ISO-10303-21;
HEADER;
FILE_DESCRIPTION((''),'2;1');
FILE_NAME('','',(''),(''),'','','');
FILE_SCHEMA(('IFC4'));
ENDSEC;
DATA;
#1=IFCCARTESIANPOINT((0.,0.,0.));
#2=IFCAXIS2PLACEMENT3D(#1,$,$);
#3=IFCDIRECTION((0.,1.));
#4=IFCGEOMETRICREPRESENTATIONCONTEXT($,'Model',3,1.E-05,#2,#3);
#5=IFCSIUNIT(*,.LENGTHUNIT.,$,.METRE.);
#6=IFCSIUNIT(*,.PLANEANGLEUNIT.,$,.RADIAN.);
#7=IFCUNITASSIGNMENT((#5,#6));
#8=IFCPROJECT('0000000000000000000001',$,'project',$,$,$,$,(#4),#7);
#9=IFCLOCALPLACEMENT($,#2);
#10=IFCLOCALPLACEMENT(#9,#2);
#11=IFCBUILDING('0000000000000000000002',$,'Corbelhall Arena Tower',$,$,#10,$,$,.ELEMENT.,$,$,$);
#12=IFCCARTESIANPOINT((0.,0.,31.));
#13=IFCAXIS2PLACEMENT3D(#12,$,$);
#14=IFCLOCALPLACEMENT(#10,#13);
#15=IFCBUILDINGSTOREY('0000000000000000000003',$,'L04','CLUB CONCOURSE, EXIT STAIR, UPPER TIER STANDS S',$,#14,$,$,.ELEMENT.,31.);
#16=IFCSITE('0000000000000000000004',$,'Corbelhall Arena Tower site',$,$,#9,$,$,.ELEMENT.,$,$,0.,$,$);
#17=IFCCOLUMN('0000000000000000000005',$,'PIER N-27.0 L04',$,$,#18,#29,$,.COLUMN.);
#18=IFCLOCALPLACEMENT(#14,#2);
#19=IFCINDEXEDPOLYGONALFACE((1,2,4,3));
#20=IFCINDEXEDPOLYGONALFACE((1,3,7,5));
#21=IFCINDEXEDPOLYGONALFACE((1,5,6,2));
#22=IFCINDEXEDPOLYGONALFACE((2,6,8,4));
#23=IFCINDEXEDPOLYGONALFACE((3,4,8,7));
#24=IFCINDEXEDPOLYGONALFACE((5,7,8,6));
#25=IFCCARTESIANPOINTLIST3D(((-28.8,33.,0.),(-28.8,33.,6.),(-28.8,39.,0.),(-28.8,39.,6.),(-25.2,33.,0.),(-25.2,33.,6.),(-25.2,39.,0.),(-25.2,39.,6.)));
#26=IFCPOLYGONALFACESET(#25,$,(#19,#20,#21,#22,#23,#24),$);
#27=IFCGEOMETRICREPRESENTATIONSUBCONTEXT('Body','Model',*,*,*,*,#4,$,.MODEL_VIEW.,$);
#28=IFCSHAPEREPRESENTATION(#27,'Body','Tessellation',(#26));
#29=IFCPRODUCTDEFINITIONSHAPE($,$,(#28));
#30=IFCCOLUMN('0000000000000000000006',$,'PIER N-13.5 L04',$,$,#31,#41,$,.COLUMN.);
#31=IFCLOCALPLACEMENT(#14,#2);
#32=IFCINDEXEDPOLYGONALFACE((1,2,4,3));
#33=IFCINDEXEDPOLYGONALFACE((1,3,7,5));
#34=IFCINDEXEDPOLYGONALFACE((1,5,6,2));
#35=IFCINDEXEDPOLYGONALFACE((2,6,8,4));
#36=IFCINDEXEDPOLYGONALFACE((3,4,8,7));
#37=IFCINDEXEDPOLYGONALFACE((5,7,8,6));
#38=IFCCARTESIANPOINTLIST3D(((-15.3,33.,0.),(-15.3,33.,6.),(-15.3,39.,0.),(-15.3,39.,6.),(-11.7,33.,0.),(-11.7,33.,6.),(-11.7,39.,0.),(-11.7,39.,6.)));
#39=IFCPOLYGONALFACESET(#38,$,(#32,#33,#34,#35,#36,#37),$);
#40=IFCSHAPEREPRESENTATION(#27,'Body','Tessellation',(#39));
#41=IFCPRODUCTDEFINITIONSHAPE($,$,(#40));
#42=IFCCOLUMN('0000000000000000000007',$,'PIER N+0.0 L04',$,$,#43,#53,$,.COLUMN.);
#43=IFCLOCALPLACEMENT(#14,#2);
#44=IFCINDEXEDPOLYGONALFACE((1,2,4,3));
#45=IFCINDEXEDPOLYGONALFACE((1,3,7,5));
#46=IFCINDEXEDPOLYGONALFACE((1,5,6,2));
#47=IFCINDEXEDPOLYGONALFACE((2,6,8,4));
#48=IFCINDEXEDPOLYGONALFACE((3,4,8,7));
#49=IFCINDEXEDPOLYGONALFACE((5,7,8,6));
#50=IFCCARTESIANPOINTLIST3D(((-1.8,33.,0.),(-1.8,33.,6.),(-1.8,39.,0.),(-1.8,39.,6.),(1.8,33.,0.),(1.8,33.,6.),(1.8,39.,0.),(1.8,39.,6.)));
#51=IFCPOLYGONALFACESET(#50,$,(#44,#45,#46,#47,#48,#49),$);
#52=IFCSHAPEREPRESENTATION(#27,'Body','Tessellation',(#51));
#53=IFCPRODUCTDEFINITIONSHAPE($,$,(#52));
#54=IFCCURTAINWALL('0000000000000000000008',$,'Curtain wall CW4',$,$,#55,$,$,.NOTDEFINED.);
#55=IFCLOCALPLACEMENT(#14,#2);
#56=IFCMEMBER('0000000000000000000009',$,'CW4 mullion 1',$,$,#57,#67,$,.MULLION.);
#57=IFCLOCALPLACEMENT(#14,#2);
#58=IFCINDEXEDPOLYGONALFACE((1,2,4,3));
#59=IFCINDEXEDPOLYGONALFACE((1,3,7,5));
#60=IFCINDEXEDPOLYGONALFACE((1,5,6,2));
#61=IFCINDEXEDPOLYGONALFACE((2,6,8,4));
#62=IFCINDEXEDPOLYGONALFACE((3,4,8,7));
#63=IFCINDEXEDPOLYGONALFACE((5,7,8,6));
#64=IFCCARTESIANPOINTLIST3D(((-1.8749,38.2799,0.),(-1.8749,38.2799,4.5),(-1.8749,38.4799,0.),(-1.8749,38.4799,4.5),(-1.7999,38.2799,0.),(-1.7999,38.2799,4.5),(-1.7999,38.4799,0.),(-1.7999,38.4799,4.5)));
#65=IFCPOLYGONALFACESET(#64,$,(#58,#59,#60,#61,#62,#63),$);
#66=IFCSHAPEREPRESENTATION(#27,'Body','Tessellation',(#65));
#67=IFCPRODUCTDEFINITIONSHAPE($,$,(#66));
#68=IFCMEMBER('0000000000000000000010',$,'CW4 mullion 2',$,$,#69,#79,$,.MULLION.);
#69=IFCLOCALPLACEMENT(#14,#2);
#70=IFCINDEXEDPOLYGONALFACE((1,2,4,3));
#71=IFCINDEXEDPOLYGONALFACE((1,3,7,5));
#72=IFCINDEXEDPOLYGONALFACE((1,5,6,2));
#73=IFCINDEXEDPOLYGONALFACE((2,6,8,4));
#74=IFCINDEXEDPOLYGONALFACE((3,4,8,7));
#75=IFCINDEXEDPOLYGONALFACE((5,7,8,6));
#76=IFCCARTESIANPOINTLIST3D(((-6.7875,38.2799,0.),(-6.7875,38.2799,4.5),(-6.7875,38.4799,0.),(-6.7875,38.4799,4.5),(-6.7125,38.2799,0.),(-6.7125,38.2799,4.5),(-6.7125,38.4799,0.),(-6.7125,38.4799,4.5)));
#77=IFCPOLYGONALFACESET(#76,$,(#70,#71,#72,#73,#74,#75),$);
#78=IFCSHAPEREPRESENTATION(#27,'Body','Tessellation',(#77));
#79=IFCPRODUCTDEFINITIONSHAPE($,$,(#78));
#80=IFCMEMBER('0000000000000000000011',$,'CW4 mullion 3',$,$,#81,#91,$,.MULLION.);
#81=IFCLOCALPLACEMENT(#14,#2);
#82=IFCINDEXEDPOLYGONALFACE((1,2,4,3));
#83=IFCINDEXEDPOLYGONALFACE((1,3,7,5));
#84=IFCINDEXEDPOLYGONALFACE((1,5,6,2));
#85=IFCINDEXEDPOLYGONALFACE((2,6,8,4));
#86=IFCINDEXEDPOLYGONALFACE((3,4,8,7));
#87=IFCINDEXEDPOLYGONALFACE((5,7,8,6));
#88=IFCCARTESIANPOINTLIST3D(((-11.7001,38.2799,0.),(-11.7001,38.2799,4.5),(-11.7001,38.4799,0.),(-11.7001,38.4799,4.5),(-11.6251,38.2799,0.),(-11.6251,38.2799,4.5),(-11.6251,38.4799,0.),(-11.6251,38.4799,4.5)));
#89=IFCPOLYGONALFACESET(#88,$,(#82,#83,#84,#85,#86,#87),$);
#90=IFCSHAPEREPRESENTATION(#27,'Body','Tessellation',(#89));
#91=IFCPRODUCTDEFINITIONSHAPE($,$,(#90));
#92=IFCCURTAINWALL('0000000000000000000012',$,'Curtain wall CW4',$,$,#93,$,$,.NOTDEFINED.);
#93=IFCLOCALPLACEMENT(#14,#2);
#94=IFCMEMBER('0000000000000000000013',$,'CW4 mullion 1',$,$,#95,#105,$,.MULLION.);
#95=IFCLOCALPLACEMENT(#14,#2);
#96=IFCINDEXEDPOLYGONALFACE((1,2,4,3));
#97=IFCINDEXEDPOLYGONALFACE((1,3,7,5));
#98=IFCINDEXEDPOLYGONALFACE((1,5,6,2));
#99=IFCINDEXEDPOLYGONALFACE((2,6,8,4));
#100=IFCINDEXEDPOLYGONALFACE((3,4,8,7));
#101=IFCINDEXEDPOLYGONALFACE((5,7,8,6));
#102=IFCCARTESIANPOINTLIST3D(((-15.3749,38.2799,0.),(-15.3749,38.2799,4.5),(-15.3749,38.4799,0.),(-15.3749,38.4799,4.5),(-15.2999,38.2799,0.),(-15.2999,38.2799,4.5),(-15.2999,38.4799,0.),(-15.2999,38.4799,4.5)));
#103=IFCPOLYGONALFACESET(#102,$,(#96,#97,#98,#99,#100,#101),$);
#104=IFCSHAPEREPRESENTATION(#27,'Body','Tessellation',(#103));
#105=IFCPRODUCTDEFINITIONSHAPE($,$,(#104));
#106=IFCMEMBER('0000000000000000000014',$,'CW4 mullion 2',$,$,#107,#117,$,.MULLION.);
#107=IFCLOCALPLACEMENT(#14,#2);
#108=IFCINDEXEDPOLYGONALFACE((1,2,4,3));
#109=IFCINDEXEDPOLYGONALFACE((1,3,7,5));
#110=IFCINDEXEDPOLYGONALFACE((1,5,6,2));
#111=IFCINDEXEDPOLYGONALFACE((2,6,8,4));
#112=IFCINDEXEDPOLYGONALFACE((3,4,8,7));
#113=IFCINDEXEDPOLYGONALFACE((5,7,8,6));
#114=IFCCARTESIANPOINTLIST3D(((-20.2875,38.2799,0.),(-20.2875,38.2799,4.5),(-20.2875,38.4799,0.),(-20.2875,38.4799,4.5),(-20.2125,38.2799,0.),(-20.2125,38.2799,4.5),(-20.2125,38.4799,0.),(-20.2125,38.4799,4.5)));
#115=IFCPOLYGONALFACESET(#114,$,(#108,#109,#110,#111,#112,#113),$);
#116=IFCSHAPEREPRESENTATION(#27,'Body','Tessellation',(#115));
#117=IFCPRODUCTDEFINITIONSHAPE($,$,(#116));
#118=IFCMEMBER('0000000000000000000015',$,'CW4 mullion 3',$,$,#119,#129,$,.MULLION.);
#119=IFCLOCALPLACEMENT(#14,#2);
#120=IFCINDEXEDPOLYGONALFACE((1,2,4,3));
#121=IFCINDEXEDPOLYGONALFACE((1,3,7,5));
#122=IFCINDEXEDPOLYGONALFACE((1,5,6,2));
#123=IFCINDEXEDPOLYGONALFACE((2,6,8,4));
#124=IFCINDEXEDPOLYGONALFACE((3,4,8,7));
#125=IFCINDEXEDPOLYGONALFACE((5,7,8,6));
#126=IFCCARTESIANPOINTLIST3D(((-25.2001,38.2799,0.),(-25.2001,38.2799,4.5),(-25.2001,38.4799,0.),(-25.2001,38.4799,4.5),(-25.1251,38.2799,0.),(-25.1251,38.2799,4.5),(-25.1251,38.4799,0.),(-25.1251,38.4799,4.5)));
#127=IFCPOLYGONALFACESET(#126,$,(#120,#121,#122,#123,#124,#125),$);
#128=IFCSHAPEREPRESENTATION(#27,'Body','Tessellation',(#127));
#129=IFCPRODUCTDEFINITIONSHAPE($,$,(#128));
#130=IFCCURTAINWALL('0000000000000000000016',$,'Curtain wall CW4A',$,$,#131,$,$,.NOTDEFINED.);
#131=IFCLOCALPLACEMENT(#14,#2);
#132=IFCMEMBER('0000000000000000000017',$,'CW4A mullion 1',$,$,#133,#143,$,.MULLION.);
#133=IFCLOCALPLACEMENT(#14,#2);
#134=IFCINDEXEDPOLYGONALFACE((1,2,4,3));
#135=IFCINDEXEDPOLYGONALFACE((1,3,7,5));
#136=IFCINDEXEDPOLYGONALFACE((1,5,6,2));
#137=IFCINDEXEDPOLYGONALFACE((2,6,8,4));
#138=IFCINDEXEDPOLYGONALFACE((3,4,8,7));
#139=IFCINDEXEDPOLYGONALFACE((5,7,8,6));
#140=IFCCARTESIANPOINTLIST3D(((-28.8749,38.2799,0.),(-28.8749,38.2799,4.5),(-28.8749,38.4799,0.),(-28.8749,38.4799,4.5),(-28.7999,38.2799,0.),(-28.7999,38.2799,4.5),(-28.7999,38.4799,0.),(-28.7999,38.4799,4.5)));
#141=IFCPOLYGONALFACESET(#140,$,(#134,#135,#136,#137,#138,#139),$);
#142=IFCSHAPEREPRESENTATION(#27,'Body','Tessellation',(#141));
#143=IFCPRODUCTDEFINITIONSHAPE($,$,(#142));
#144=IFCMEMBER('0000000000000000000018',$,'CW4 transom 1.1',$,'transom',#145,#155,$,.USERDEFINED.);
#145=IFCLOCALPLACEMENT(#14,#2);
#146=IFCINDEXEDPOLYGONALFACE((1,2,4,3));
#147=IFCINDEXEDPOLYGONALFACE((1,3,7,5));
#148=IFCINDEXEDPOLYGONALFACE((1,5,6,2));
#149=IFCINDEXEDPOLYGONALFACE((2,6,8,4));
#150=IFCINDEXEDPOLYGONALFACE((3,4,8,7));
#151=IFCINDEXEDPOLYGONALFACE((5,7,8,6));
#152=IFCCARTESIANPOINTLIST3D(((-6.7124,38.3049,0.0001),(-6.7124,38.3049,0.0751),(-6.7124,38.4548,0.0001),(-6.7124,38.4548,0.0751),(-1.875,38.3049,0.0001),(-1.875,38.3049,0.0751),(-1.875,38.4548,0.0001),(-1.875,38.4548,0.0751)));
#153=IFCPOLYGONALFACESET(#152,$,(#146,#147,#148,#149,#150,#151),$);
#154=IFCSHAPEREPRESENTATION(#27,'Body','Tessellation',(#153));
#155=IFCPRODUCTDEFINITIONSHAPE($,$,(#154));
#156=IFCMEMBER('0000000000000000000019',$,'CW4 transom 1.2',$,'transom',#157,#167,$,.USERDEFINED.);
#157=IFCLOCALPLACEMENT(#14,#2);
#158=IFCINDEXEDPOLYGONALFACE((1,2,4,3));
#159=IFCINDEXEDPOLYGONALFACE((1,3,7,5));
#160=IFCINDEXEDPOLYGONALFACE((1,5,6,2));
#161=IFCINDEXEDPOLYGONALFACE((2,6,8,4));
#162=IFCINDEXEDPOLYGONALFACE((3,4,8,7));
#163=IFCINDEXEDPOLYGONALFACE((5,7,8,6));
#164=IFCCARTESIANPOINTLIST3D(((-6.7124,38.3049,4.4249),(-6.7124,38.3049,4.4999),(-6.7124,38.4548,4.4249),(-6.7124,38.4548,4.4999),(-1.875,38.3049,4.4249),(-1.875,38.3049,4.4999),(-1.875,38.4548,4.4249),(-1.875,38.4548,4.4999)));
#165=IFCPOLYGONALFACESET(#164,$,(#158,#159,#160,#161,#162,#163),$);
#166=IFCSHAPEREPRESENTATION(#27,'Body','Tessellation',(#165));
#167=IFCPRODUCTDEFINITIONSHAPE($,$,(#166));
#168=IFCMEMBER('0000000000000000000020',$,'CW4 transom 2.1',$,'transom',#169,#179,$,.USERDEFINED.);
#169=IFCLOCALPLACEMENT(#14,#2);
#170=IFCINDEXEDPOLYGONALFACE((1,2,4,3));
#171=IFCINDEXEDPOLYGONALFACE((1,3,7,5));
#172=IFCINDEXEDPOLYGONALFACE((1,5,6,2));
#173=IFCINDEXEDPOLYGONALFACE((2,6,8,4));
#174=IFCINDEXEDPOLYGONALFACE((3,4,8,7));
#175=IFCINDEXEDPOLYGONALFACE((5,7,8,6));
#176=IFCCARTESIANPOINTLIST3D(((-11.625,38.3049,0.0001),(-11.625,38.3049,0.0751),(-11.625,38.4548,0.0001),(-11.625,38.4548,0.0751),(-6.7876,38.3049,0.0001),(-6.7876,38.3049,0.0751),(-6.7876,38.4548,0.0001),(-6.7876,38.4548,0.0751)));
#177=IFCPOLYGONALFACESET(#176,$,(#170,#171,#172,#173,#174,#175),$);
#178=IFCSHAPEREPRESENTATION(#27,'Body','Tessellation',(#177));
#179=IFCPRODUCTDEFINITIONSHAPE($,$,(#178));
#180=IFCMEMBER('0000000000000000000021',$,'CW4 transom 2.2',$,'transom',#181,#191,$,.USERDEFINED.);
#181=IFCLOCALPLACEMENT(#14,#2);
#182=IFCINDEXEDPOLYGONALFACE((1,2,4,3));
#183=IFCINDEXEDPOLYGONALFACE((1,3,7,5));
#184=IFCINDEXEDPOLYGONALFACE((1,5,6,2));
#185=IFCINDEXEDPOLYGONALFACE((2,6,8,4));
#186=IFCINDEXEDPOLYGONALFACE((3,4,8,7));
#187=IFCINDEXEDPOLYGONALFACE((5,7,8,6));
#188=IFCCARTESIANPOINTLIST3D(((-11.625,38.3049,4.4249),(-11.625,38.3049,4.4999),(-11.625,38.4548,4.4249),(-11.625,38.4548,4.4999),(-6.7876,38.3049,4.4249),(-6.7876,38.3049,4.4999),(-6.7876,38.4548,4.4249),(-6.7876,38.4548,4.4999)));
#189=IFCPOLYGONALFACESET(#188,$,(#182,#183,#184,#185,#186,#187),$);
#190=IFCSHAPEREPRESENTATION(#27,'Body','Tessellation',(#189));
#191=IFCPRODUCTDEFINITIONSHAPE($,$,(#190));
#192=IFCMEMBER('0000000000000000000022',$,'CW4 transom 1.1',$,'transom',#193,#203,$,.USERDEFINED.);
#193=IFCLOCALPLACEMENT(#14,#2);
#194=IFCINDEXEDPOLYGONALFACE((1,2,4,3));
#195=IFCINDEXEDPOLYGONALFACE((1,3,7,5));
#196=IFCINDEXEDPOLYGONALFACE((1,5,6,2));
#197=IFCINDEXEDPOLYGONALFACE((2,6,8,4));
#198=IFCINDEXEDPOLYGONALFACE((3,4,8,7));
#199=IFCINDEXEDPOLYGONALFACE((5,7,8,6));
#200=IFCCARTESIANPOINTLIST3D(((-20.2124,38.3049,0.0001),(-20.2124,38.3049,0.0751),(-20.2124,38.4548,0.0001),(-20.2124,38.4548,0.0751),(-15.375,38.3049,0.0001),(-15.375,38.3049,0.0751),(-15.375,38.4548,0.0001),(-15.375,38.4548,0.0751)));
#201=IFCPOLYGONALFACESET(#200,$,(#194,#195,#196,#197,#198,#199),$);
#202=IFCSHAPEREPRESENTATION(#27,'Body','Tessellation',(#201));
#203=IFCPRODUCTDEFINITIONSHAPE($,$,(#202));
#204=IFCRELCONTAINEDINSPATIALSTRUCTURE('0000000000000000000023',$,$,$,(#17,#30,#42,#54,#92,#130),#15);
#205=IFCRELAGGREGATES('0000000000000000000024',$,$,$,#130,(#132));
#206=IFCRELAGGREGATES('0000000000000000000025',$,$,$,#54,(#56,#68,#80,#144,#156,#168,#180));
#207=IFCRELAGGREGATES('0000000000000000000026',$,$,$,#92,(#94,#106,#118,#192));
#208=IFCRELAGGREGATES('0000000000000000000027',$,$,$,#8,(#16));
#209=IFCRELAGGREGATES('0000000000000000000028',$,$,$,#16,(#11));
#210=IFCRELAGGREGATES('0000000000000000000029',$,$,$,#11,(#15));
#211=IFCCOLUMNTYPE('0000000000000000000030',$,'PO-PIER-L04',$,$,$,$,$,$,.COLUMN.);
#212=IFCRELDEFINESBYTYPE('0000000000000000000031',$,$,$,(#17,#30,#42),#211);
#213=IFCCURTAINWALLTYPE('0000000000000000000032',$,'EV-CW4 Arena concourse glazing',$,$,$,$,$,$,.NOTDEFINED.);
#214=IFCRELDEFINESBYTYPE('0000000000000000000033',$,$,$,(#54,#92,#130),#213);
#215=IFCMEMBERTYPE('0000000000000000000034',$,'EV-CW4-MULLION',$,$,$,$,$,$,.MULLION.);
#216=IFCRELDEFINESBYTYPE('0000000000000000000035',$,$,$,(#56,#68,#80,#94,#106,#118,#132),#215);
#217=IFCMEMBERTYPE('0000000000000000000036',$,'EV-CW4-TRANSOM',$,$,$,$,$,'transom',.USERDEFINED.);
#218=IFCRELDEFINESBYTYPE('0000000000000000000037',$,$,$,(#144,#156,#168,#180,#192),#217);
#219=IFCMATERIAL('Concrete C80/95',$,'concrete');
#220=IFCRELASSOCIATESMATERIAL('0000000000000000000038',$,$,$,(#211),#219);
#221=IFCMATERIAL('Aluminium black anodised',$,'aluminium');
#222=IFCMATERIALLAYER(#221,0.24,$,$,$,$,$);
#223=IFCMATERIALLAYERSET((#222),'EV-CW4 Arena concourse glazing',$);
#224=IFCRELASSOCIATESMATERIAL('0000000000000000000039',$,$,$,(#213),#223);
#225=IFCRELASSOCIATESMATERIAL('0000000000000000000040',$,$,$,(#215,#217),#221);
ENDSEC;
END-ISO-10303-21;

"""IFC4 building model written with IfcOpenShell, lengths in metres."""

from ifc_helpers import new_model, si_unit, direction, frame, origin, origin_2d, place, context, subcontext, project, spatial, rectangle, extrude, material, layer, layer_set, material_profile, profile_set, type_object, element, aggregate, save


model = new_model("IFC4")

# Units and contexts
model_context = context("Model", 3, precision=1e-05, world=origin(), true_north=direction((0.0, 1.0)))
body_context = subcontext(model_context, "Body", "Model", "MODEL_VIEW")
ifc_project = project(units=[si_unit("LENGTHUNIT", "METRE"), si_unit("PLANEANGLEUNIT", "RADIAN")], contexts=[model_context])

# Site, building, storey
site_placement = place(None, origin())
site = spatial("IfcSite", under=ifc_project, at=site_placement, Name="Corbelhall Arena Tower site", CompositionType="ELEMENT", RefElevation=0.0)
building_placement = place(site_placement, origin())
building = spatial("IfcBuilding", under=site, at=building_placement, Name="Corbelhall Arena Tower", CompositionType="ELEMENT")
storey_placement = place(building_placement, frame((0.0, 0.0, 31.0)))
storey = spatial("IfcBuildingStorey", under=building, at=storey_placement, Name="L04", Description="CLUB CONCOURSE, EXIT STAIR, UPPER TIER STANDS S", CompositionType="ELEMENT", Elevation=31.0)

# Columns
ifc_material_1 = material(Name="Concrete C80/95", Category="concrete")
ifc_material_profile_1 = material_profile(ifc_material_1, rectangle(XDim=3.6001, YDim=6.0, at=origin_2d()))
ifc_profile_set_1 = profile_set([ifc_material_profile_1], Name="Concrete C80/95")
column_type = type_object("IfcColumnType", Name="PO-PIER-L04", PredefinedType="COLUMN", material=ifc_profile_set_1)
for number, where, z_axis, x_axis, name in (
    (1, (-27.0, 36.0, 0.0), (0.0, 0.0, 1.0), (1.0, 0.0, 0.0), "PIER N-27.0 L04"),
    (2, (-13.5, 36.0, 0.0), (0.0, 0.0, 1.0), (1.0, 0.0, 0.0), "PIER N-13.5 L04"),
    (3, (0.0, 36.0, 0.0), (0.0, 0.0, 1.0), (1.0, 0.0, 0.0), "PIER N+0.0 L04"),
):
    element("IfcColumn", number, at=place(storey_placement, frame(where, z_axis=z_axis, x_axis=x_axis)), inside=storey, type_object=column_type, Name=name, PredefinedType="COLUMN", context=body_context, shape_type="SweptSolid", body=[
        extrude(rectangle(XDim=3.6001, YDim=6.0, at=origin_2d()), origin(), (0.0, 0.0, 1.0), 6.0),
    ])

# Curtain walls, members
ifc_material_2 = material(Name="Aluminium black anodised", Category="aluminium")
ifc_layer_1 = layer(ifc_material_2, 0.24)
ifc_layer_set_1 = layer_set([ifc_layer_1], Name="EV-CW4 Arena concourse glazing")
curtain_wall_type = type_object("IfcCurtainWallType", Name="EV-CW4 Arena concourse glazing", PredefinedType="NOTDEFINED", material=ifc_layer_set_1)
curtain_wall_1_placement = place(storey_placement, origin())
curtain_wall_1 = element("IfcCurtainWall", 4, at=curtain_wall_1_placement, inside=storey, type_object=curtain_wall_type, Name="Curtain wall CW4", PredefinedType="NOTDEFINED")
ifc_material_profile_2 = material_profile(ifc_material_2, rectangle(XDim=0.2, YDim=0.075, at=origin_2d()))
ifc_profile_set_2 = profile_set([ifc_material_profile_2], Name="Aluminium black anodised")
member_type_1 = type_object("IfcMemberType", Name="EV-CW4-MULLION", PredefinedType="MULLION", material=ifc_profile_set_2)
member_1_placement = place(storey_placement, frame((-1.8374, 38.3799, 0.0), z_axis=(0.0, 0.0, 1.0), x_axis=(0.0, -1.0, 0.0)))
member_1 = element("IfcMember", 5, at=member_1_placement, type_object=member_type_1, Name="CW4 mullion 1", PredefinedType="MULLION", context=body_context, shape_type="SweptSolid", body=[
    extrude(rectangle(XDim=0.2, YDim=0.075, at=origin_2d()), origin(), (0.0, 0.0, 1.0), 4.5),
])
member_2_placement = place(storey_placement, frame((-6.75, 38.3799, 0.0), z_axis=(0.0, 0.0, 1.0), x_axis=(0.0, -1.0, 0.0)))
member_2 = element("IfcMember", 6, at=member_2_placement, type_object=member_type_1, Name="CW4 mullion 2", PredefinedType="MULLION", context=body_context, shape_type="SweptSolid", body=[
    extrude(rectangle(XDim=0.2, YDim=0.075, at=origin_2d()), origin(), (0.0, 0.0, 1.0), 4.5),
])
member_3_placement = place(storey_placement, frame((-11.6626, 38.3799, 0.0), z_axis=(0.0, 0.0, 1.0), x_axis=(0.0, -1.0, 0.0)))
member_3 = element("IfcMember", 7, at=member_3_placement, type_object=member_type_1, Name="CW4 mullion 3", PredefinedType="MULLION", context=body_context, shape_type="SweptSolid", body=[
    extrude(rectangle(XDim=0.2, YDim=0.075, at=origin_2d()), origin(), (0.0, 0.0, 1.0), 4.5),
])
curtain_wall_2_placement = place(storey_placement, origin())
curtain_wall_2 = element("IfcCurtainWall", 8, at=curtain_wall_2_placement, inside=storey, type_object=curtain_wall_type, Name="Curtain wall CW4", PredefinedType="NOTDEFINED")
member_4_placement = place(storey_placement, frame((-15.3374, 38.3799, 0.0), z_axis=(0.0, 0.0, 1.0), x_axis=(0.0, -1.0, 0.0)))
member_4 = element("IfcMember", 9, at=member_4_placement, type_object=member_type_1, Name="CW4 mullion 1", PredefinedType="MULLION", context=body_context, shape_type="SweptSolid", body=[
    extrude(rectangle(XDim=0.2, YDim=0.075, at=origin_2d()), origin(), (0.0, 0.0, 1.0), 4.5),
])
member_5_placement = place(storey_placement, frame((-20.25, 38.3799, 0.0), z_axis=(0.0, 0.0, 1.0), x_axis=(0.0, -1.0, 0.0)))
member_5 = element("IfcMember", 10, at=member_5_placement, type_object=member_type_1, Name="CW4 mullion 2", PredefinedType="MULLION", context=body_context, shape_type="SweptSolid", body=[
    extrude(rectangle(XDim=0.2, YDim=0.075, at=origin_2d()), origin(), (0.0, 0.0, 1.0), 4.5),
])
member_6_placement = place(storey_placement, frame((-25.1626, 38.3799, 0.0), z_axis=(0.0, 0.0, 1.0), x_axis=(0.0, -1.0, 0.0)))
member_6 = element("IfcMember", 11, at=member_6_placement, type_object=member_type_1, Name="CW4 mullion 3", PredefinedType="MULLION", context=body_context, shape_type="SweptSolid", body=[
    extrude(rectangle(XDim=0.2, YDim=0.075, at=origin_2d()), origin(), (0.0, 0.0, 1.0), 4.5),
])

# Curtain wall, member
curtain_wall_3_placement = place(storey_placement, origin())
curtain_wall_3 = element("IfcCurtainWall", 12, at=curtain_wall_3_placement, inside=storey, type_object=curtain_wall_type, Name="Curtain wall CW4A", PredefinedType="NOTDEFINED")
member_7_placement = place(storey_placement, frame((-28.8374, 38.3799, 0.0), z_axis=(0.0, 0.0, 1.0), x_axis=(0.0, -1.0, 0.0)))
member_7 = element("IfcMember", 13, at=member_7_placement, type_object=member_type_1, Name="CW4A mullion 1", PredefinedType="MULLION", context=body_context, shape_type="SweptSolid", body=[
    extrude(rectangle(XDim=0.2, YDim=0.075, at=origin_2d()), origin(), (0.0, 0.0, 1.0), 4.5),
])
aggregate(curtain_wall_3, [member_7])

# Members
ifc_material_profile_3 = material_profile(ifc_material_2, rectangle(XDim=0.1499, YDim=0.075, at=origin_2d()))
ifc_profile_set_3 = profile_set([ifc_material_profile_3], Name="Aluminium black anodised")
member_type_2 = type_object("IfcMemberType", Name="EV-CW4-TRANSOM", ElementType="transom", PredefinedType="USERDEFINED", material=ifc_profile_set_3)
member_8_placement = place(storey_placement, frame((-1.875, 38.3799, 0.0376), z_axis=(-1.0, 0.0, 0.0), x_axis=(0.0, -1.0, 0.0)))
member_8 = element("IfcMember", 14, at=member_8_placement, type_object=member_type_2, Name="CW4 transom 1.1", ObjectType="transom", PredefinedType="USERDEFINED", context=body_context, shape_type="SweptSolid", body=[
    extrude(rectangle(XDim=0.1499, YDim=0.075, at=origin_2d()), origin(), (0.0, 0.0, 1.0), 4.8374),
])
member_9_placement = place(storey_placement, frame((-1.875, 38.3799, 4.4624), z_axis=(-1.0, 0.0, 0.0), x_axis=(0.0, -1.0, 0.0)))
member_9 = element("IfcMember", 15, at=member_9_placement, type_object=member_type_2, Name="CW4 transom 1.2", ObjectType="transom", PredefinedType="USERDEFINED", context=body_context, shape_type="SweptSolid", body=[
    extrude(rectangle(XDim=0.1499, YDim=0.075, at=origin_2d()), origin(), (0.0, 0.0, 1.0), 4.8374),
])
member_10_placement = place(storey_placement, frame((-6.7876, 38.3799, 0.0376), z_axis=(-1.0, 0.0, 0.0), x_axis=(0.0, -1.0, 0.0)))
member_10 = element("IfcMember", 16, at=member_10_placement, type_object=member_type_2, Name="CW4 transom 2.1", ObjectType="transom", PredefinedType="USERDEFINED", context=body_context, shape_type="SweptSolid", body=[
    extrude(rectangle(XDim=0.1499, YDim=0.075, at=origin_2d()), origin(), (0.0, 0.0, 1.0), 4.8374),
])
member_11_placement = place(storey_placement, frame((-6.7876, 38.3799, 4.4624), z_axis=(-1.0, 0.0, 0.0), x_axis=(0.0, -1.0, 0.0)))
member_11 = element("IfcMember", 17, at=member_11_placement, type_object=member_type_2, Name="CW4 transom 2.2", ObjectType="transom", PredefinedType="USERDEFINED", context=body_context, shape_type="SweptSolid", body=[
    extrude(rectangle(XDim=0.1499, YDim=0.075, at=origin_2d()), origin(), (0.0, 0.0, 1.0), 4.8374),
])
member_12_placement = place(storey_placement, frame((-15.375, 38.3799, 0.0376), z_axis=(-1.0, 0.0, 0.0), x_axis=(0.0, -1.0, 0.0)))
member_12 = element("IfcMember", 18, at=member_12_placement, type_object=member_type_2, Name="CW4 transom 1.1", ObjectType="transom", PredefinedType="USERDEFINED", context=body_context, shape_type="SweptSolid", body=[
    extrude(rectangle(XDim=0.1499, YDim=0.075, at=origin_2d()), origin(), (0.0, 0.0, 1.0), 4.8374),
])

aggregate(curtain_wall_1, [member_1, member_2, member_3, member_8, member_9, member_10, member_11])
aggregate(curtain_wall_2, [member_4, member_5, member_6, member_12])

save(model, "model.ifc")
